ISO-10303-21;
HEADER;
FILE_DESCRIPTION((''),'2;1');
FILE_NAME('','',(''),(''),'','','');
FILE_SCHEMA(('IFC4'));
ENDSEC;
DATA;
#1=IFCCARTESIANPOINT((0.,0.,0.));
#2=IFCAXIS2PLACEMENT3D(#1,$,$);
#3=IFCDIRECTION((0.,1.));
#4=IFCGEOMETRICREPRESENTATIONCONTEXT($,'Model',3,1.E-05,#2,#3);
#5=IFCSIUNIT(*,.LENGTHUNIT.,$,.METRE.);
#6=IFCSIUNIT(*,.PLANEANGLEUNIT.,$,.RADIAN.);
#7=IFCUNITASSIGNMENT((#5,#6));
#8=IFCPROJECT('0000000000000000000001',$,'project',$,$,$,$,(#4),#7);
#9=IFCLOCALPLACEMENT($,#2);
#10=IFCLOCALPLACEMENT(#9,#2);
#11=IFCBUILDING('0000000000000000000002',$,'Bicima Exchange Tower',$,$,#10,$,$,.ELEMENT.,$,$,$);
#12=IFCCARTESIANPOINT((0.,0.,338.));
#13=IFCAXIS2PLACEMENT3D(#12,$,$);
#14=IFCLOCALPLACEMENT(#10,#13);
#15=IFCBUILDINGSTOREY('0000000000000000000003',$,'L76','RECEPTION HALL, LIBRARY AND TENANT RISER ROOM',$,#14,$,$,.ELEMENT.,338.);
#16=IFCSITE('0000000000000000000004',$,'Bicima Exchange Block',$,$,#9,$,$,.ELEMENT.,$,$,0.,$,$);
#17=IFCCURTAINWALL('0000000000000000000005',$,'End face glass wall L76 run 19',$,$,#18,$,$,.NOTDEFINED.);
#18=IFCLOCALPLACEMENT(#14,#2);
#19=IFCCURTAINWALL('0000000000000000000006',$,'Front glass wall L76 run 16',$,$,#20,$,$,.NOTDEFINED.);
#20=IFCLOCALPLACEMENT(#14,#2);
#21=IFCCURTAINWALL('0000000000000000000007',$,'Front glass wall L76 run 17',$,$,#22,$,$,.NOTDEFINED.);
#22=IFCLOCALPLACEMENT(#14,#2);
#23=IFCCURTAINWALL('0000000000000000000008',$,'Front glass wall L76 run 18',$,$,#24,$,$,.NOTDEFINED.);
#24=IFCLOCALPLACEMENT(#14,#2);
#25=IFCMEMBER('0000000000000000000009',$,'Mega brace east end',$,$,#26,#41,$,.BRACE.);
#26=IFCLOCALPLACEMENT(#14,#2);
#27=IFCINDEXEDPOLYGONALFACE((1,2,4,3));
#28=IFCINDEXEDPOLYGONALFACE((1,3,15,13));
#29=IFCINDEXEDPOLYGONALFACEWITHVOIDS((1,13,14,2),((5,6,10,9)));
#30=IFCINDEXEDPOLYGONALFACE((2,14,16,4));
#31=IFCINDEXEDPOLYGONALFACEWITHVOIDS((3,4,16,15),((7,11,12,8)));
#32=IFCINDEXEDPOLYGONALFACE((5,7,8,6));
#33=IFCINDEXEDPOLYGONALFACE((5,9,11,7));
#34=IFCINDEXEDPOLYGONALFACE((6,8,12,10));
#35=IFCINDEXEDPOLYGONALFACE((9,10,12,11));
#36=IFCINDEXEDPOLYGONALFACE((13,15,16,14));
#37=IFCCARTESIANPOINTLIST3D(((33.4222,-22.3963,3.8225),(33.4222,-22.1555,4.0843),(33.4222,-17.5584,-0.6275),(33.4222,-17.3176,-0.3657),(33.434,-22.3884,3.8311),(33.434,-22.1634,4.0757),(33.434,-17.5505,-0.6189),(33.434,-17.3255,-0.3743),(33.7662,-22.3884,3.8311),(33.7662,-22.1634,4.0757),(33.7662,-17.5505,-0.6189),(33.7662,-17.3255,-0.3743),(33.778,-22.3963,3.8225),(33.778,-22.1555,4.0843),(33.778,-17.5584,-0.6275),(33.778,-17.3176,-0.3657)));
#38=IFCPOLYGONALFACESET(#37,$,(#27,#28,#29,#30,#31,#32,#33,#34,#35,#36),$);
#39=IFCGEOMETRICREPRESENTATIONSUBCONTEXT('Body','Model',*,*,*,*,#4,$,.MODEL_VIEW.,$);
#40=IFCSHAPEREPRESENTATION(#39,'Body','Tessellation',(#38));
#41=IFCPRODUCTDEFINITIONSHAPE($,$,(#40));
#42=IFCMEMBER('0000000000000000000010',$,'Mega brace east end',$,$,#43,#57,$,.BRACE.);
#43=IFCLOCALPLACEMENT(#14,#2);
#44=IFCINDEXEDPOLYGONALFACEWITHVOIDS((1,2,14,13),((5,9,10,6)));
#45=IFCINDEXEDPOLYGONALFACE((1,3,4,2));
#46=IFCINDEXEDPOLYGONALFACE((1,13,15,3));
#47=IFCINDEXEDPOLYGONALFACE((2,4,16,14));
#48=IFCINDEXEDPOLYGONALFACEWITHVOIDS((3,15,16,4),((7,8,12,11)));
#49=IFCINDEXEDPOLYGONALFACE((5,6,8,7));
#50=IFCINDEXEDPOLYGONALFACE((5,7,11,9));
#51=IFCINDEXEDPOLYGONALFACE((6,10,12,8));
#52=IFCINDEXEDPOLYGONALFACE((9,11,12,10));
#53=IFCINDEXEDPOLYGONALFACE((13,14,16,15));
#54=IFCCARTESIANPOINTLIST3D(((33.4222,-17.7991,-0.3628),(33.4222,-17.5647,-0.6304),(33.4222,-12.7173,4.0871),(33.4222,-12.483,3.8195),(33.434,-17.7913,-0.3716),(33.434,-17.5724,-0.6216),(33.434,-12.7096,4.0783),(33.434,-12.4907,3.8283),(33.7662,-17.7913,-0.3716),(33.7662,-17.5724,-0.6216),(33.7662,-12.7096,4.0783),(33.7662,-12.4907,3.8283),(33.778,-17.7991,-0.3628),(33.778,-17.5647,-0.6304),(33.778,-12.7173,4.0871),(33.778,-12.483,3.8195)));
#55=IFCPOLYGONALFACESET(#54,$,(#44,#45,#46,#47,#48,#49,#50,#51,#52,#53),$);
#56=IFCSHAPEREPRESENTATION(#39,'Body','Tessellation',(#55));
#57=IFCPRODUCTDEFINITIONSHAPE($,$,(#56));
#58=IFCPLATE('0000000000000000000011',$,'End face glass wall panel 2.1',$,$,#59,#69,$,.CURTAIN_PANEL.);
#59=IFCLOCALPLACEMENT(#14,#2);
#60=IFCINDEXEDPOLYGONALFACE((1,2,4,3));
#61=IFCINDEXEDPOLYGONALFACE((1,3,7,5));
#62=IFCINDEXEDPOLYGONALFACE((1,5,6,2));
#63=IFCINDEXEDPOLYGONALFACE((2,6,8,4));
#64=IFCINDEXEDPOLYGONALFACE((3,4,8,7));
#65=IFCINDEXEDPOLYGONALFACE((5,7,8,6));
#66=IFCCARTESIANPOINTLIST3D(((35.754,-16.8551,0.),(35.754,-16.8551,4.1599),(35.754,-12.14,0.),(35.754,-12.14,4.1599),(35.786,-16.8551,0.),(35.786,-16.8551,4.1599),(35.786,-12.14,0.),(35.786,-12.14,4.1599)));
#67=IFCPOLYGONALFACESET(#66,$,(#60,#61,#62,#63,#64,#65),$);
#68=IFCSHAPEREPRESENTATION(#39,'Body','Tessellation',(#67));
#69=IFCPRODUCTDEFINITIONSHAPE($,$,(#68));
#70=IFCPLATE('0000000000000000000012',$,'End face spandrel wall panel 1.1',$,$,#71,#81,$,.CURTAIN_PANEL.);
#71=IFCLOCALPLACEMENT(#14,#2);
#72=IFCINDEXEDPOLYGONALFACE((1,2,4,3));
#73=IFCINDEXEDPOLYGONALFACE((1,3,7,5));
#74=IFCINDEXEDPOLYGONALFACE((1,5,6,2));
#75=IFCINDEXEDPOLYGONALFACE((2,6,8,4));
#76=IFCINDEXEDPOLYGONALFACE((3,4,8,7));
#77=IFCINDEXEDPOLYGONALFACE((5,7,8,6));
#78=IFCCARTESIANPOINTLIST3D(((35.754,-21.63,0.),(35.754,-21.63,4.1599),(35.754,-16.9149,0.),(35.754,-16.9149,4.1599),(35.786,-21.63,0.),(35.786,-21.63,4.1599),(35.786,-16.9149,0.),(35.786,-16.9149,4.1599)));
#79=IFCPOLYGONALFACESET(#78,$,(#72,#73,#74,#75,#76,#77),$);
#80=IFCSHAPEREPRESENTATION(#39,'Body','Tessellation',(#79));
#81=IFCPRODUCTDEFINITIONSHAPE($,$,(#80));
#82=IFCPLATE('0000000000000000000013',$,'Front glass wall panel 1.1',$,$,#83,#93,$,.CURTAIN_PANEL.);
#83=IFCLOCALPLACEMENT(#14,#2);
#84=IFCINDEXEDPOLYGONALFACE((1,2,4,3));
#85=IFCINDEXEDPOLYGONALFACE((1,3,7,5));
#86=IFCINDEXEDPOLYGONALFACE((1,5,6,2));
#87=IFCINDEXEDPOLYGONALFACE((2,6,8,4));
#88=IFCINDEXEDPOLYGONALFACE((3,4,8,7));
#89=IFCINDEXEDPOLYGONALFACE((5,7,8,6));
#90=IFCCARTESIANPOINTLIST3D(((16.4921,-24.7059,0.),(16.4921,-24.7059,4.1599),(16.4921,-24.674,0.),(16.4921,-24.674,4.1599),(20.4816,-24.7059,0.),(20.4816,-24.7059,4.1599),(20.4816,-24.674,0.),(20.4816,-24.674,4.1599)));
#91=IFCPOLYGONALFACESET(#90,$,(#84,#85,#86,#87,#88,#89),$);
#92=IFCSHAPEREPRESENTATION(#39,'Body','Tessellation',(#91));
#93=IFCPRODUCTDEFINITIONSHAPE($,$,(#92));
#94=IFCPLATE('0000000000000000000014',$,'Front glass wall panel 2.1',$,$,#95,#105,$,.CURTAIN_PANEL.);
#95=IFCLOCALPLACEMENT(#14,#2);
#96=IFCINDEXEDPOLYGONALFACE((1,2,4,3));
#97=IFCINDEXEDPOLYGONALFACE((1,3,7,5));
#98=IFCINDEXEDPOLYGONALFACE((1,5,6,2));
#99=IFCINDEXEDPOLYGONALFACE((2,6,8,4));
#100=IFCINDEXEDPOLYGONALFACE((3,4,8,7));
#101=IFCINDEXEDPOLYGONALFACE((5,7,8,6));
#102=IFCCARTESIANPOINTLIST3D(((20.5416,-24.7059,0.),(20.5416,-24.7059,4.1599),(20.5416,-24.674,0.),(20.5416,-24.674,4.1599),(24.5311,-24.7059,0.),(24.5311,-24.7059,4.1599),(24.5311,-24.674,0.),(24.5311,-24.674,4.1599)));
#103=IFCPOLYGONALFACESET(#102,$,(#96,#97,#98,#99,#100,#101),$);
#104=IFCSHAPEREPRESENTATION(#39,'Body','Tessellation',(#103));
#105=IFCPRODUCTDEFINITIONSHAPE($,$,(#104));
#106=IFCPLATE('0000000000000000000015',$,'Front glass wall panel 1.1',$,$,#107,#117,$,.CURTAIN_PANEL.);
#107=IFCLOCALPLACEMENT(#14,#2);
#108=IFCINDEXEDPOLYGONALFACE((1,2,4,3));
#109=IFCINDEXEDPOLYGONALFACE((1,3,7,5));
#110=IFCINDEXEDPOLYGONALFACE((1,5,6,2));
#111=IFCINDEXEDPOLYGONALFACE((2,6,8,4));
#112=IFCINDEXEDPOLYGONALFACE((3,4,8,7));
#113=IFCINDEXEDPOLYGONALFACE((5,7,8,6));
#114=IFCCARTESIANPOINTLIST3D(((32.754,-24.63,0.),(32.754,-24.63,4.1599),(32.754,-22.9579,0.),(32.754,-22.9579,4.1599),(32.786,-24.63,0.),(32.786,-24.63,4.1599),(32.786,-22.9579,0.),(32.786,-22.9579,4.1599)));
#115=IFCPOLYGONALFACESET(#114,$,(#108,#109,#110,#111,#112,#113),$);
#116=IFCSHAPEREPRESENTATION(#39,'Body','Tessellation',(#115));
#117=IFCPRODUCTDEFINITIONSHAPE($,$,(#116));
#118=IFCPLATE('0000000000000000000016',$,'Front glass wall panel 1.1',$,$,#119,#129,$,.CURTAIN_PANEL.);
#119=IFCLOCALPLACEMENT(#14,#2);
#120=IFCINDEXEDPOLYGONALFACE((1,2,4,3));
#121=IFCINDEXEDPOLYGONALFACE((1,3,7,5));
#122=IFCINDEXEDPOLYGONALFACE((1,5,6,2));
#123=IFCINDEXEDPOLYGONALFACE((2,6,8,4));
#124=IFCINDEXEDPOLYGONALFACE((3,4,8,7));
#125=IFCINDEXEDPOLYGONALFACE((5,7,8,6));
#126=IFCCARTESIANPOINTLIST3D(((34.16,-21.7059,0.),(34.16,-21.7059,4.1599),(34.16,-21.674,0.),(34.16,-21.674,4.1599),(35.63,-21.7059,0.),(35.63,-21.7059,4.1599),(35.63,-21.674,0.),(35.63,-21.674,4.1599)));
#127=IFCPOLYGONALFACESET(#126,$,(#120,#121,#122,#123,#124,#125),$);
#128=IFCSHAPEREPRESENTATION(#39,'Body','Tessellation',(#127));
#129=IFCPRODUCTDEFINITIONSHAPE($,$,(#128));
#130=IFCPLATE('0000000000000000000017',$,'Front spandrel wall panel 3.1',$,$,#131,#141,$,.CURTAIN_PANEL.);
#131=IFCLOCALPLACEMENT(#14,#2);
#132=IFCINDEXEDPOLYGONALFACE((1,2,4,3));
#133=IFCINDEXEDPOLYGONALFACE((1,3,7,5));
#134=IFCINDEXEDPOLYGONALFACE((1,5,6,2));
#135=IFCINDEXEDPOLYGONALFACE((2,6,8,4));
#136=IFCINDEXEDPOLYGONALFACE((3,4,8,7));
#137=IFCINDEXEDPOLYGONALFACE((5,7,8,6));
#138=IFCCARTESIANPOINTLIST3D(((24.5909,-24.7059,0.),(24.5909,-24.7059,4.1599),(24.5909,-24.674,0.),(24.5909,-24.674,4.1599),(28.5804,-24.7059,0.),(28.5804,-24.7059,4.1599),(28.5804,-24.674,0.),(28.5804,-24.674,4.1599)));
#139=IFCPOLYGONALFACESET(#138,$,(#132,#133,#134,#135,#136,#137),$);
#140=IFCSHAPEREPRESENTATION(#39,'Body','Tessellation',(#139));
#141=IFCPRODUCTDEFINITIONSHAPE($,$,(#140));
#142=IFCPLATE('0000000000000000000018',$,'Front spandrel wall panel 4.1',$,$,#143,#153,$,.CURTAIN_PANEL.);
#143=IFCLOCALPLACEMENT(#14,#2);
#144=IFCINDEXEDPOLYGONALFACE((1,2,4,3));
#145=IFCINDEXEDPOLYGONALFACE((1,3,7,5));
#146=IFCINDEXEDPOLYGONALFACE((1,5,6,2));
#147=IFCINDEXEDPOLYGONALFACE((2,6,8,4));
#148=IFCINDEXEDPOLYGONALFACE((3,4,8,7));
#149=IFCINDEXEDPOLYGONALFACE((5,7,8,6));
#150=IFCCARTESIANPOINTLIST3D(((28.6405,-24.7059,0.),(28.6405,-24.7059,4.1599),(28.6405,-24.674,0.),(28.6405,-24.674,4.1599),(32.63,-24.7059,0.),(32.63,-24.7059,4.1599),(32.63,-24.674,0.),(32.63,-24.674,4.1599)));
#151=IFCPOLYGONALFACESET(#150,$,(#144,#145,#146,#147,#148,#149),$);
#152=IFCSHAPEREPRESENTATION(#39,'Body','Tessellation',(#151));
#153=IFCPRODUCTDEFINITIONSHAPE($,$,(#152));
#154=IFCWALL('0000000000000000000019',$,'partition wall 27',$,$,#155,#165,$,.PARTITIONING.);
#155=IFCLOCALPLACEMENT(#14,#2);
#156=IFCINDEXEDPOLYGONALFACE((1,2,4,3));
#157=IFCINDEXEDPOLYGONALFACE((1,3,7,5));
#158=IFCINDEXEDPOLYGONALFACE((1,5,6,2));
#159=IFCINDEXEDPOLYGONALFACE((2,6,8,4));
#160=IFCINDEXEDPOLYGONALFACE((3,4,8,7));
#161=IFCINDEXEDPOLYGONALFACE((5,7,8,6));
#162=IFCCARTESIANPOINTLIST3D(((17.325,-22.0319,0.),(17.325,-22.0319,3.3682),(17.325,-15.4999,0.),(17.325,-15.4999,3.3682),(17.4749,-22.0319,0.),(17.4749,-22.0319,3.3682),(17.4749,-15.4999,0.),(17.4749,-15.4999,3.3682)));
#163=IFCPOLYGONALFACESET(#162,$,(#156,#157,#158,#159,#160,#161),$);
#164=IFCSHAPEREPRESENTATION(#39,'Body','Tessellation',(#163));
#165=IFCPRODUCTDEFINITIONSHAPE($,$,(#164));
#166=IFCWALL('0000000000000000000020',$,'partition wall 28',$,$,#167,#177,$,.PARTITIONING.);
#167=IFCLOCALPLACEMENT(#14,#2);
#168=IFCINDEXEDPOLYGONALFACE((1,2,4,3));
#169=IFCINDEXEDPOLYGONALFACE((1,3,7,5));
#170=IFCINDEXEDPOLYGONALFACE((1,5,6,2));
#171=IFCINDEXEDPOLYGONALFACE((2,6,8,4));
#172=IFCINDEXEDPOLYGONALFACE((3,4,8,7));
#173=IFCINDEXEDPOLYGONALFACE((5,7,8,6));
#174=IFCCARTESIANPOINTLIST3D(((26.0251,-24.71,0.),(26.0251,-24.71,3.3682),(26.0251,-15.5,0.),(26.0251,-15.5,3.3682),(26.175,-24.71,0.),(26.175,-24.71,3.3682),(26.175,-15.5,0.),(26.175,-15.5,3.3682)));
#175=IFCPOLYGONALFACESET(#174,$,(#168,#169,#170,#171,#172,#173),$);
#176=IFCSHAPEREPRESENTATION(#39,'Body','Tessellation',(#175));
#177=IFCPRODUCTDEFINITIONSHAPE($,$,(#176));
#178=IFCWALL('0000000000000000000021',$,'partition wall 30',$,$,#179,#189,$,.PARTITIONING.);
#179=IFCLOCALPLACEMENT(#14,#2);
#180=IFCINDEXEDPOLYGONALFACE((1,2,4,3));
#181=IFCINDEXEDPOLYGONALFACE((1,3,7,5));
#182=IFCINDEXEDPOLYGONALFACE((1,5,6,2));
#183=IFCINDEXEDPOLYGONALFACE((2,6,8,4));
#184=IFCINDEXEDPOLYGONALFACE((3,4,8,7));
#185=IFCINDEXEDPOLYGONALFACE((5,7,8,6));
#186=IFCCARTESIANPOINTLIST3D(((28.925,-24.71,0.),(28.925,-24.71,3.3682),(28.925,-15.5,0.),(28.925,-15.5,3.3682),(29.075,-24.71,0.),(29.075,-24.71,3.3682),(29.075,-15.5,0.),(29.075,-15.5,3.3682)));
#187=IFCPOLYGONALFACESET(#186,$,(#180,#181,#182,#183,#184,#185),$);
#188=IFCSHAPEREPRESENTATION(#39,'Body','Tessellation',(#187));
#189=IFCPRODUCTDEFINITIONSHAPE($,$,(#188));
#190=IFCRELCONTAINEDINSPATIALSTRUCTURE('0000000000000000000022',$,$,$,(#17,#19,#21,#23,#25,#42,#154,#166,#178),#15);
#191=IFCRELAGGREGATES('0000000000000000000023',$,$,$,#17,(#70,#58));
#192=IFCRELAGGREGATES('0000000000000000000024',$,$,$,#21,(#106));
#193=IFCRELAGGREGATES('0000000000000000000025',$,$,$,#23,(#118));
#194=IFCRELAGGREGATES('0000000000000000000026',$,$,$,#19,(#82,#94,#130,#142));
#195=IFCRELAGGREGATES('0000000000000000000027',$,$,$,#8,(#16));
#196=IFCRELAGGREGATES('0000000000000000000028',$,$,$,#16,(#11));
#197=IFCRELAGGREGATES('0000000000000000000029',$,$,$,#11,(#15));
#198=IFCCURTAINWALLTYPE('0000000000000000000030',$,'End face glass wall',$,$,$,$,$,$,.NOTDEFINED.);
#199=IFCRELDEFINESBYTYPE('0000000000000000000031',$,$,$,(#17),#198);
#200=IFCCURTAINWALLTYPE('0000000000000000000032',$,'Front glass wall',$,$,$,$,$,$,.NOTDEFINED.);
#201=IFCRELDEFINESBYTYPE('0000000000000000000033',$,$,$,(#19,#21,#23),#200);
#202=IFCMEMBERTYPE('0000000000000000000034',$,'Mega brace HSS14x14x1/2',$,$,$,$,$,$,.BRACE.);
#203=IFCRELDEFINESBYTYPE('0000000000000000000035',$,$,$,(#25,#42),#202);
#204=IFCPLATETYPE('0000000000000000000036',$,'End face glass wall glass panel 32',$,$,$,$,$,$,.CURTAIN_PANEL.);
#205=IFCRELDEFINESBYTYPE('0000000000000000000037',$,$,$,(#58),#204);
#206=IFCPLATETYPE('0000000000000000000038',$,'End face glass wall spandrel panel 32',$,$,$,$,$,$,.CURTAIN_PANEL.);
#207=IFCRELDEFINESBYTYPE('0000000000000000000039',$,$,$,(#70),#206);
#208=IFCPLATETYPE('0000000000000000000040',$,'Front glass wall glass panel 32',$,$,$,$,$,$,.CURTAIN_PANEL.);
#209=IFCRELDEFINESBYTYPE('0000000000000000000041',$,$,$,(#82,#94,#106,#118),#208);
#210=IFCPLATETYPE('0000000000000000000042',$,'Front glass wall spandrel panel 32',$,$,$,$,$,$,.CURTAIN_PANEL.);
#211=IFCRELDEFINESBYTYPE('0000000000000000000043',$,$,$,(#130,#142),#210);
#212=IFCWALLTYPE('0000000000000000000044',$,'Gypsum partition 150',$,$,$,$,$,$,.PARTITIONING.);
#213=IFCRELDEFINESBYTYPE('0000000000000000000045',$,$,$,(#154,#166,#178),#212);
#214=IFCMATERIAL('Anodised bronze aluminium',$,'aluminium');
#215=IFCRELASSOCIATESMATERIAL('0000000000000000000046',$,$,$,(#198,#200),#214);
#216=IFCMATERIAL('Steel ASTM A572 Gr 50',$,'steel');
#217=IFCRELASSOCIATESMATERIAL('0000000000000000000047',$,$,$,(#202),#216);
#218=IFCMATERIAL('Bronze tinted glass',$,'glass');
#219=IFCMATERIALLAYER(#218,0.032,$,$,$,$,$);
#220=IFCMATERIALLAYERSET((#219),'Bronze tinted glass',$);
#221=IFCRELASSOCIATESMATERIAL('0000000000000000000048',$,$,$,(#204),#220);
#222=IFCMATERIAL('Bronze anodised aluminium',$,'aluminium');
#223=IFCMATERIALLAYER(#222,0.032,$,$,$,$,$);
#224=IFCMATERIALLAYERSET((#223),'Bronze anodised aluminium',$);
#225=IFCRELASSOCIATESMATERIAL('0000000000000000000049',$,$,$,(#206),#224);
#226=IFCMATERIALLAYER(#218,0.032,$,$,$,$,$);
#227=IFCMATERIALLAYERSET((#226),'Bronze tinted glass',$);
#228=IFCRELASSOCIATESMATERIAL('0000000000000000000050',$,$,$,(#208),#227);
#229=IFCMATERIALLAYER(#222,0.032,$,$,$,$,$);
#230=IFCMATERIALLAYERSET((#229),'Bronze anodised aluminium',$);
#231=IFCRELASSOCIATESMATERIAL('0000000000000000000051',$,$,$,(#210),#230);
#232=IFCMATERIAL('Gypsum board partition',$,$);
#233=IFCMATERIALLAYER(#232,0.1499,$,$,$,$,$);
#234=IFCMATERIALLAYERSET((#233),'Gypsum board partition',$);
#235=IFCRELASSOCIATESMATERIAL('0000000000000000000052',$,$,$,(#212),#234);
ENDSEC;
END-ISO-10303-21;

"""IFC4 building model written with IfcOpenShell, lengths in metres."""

from ifc_helpers import new_model, si_unit, direction, frame, frame_2d, origin, origin_2d, place, context, subcontext, project, spatial, rectangle, hollow_rectangle, extrude, material, layer, layer_set, material_profile, profile_set, type_object, element, aggregate, save


model = new_model("IFC4")

# Units and contexts
model_context = context("Model", 3, precision=1e-05, world=origin(), true_north=direction((0.0, 1.0)))
body_context = subcontext(model_context, "Body", "Model", "MODEL_VIEW")
ifc_project = project(units=[si_unit("LENGTHUNIT", "METRE"), si_unit("PLANEANGLEUNIT", "RADIAN")], contexts=[model_context])

# Site, building, storey
site_placement = place(None, origin())
site = spatial("IfcSite", under=ifc_project, at=site_placement, Name="Bicima Exchange Block", CompositionType="ELEMENT", RefElevation=0.0)
building_placement = place(site_placement, origin())
building = spatial("IfcBuilding", under=site, at=building_placement, Name="Bicima Exchange Tower", CompositionType="ELEMENT")
storey_placement = place(building_placement, frame((0.0, 0.0, 338.0)))
storey = spatial("IfcBuildingStorey", under=building, at=storey_placement, Name="L76", Description="RECEPTION HALL, LIBRARY AND TENANT RISER ROOM", CompositionType="ELEMENT", Elevation=338.0)

# Shared definitions
ifc_material_1 = material(Name="Steel ASTM A572 Gr 50", Category="steel")

# Curtain wall
ifc_material_2 = material(Name="Anodised bronze aluminium", Category="aluminium")
curtain_wall_type_1 = type_object("IfcCurtainWallType", Name="End face glass wall", PredefinedType="NOTDEFINED", material=ifc_material_2)
curtain_wall_1_placement = place(storey_placement, origin())
curtain_wall_1 = element("IfcCurtainWall", 1, at=curtain_wall_1_placement, inside=storey, type_object=curtain_wall_type_1, Name="End face glass wall L76 run 19", PredefinedType="NOTDEFINED")

# Curtain walls
curtain_wall_type_2 = type_object("IfcCurtainWallType", Name="Front glass wall", PredefinedType="NOTDEFINED", material=ifc_material_2)
curtain_wall_2_placement = place(storey_placement, origin())
curtain_wall_2 = element("IfcCurtainWall", 2, at=curtain_wall_2_placement, inside=storey, type_object=curtain_wall_type_2, Name="Front glass wall L76 run 16", PredefinedType="NOTDEFINED")
curtain_wall_3_placement = place(storey_placement, origin())
curtain_wall_3 = element("IfcCurtainWall", 3, at=curtain_wall_3_placement, inside=storey, type_object=curtain_wall_type_2, Name="Front glass wall L76 run 17", PredefinedType="NOTDEFINED")
curtain_wall_4_placement = place(storey_placement, origin())
curtain_wall_4 = element("IfcCurtainWall", 4, at=curtain_wall_4_placement, inside=storey, type_object=curtain_wall_type_2, Name="Front glass wall L76 run 18", PredefinedType="NOTDEFINED")

# Members
ifc_material_profile_1 = material_profile(ifc_material_1, hollow_rectangle(XDim=0.3557, YDim=0.3557, WallThickness=0.0117, at=origin_2d()))
ifc_profile_set_1 = profile_set([ifc_material_profile_1], Name="Steel ASTM A572 Gr 50")
member_type_1 = type_object("IfcMemberType", Name="Mega brace HSS14x14x1/2", PredefinedType="BRACE", material=ifc_profile_set_1)
member_1_placement = place(storey_placement, frame((33.6001, -17.438, -0.4966), z_axis=(0.0, -0.736, 0.676982), x_axis=(1.0, 0.0, 0.0)))
element("IfcMember", 5, at=member_1_placement, inside=storey, type_object=member_type_1, Name="Mega brace east end", PredefinedType="BRACE", context=body_context, shape_type="SweptSolid", body=[
    extrude(hollow_rectangle(XDim=0.3557, YDim=0.3557, WallThickness=0.0117, at=origin_2d()), origin(), (0.0, 0.0, 1.0), 6.5732),
])
member_2_placement = place(storey_placement, frame((33.6001, -17.6819, -0.4966), z_axis=(0.0, 0.752328, 0.658789), x_axis=(-1.0, 0.0, 0.0)))
element("IfcMember", 6, at=member_2_placement, inside=storey, type_object=member_type_1, Name="Mega brace east end", PredefinedType="BRACE", context=body_context, shape_type="SweptSolid", body=[
    extrude(hollow_rectangle(XDim=0.3557, YDim=0.3557, WallThickness=0.0117, at=origin_2d()), origin(), (0.0, 0.0, 1.0), 6.7546),
])

# Plates
ifc_material_3 = material(Name="Bronze tinted glass", Category="glass")
ifc_layer_1 = layer(ifc_material_3, 0.032)
ifc_layer_set_1 = layer_set([ifc_layer_1], Name="Bronze tinted glass")
plate_type_1 = type_object("IfcPlateType", Name="End face glass wall glass panel 32", PredefinedType="CURTAIN_PANEL", material=ifc_layer_set_1)
plate_1_placement = place(storey_placement, frame((35.77, -14.4976, 0.0), z_axis=(0.0, 0.0, 1.0), x_axis=(0.0, 1.0, 0.0)))
plate_1 = element("IfcPlate", 7, at=plate_1_placement, type_object=plate_type_1, Name="End face glass wall panel 2.1", PredefinedType="CURTAIN_PANEL", context=body_context, shape_type="SweptSolid", body=[
    extrude(rectangle(XDim=4.7151, YDim=0.032, at=origin_2d()), origin(), (0.0, 0.0, 1.0), 4.1599),
])
ifc_material_4 = material(Name="Bronze anodised aluminium", Category="aluminium")
ifc_layer_2 = layer(ifc_material_4, 0.032)
ifc_layer_set_2 = layer_set([ifc_layer_2], Name="Bronze anodised aluminium")
plate_type_2 = type_object("IfcPlateType", Name="End face glass wall spandrel panel 32", PredefinedType="CURTAIN_PANEL", material=ifc_layer_set_2)
plate_2_placement = place(storey_placement, frame((35.77, -19.2725, 0.0), z_axis=(0.0, 0.0, 1.0), x_axis=(0.0, 1.0, 0.0)))
plate_2 = element("IfcPlate", 8, at=plate_2_placement, type_object=plate_type_2, Name="End face spandrel wall panel 1.1", PredefinedType="CURTAIN_PANEL", context=body_context, shape_type="SweptSolid", body=[
    extrude(rectangle(XDim=4.7151, YDim=0.032, at=origin_2d()), origin(), (0.0, 0.0, 1.0), 4.1599),
])
aggregate(curtain_wall_1, [plate_2, plate_1])
ifc_layer_3 = layer(ifc_material_3, 0.032)
ifc_layer_set_3 = layer_set([ifc_layer_3], Name="Bronze tinted glass")
plate_type_3 = type_object("IfcPlateType", Name="Front glass wall glass panel 32", PredefinedType="CURTAIN_PANEL", material=ifc_layer_set_3)
plate_3_placement = place(storey_placement, frame((18.4868, -24.6899, 0.0), z_axis=(0.0, 0.0, 1.0), x_axis=(1.0, 0.0, 0.0)))
plate_3 = element("IfcPlate", 9, at=plate_3_placement, type_object=plate_type_3, Name="Front glass wall panel 1.1", PredefinedType="CURTAIN_PANEL", context=body_context, shape_type="SweptSolid", body=[
    extrude(rectangle(XDim=3.9895, YDim=0.032, at=origin_2d()), origin(), (0.0, 0.0, 1.0), 4.1599),
])
plate_4_placement = place(storey_placement, frame((22.5364, -24.6899, 0.0), z_axis=(0.0, 0.0, 1.0), x_axis=(1.0, 0.0, 0.0)))
plate_4 = element("IfcPlate", 10, at=plate_4_placement, type_object=plate_type_3, Name="Front glass wall panel 2.1", PredefinedType="CURTAIN_PANEL", context=body_context, shape_type="SweptSolid", body=[
    extrude(rectangle(XDim=3.9895, YDim=0.032, at=origin_2d()), origin(), (0.0, 0.0, 1.0), 4.1599),
])
plate_5_placement = place(storey_placement, frame((32.77, -23.7939, 0.0), z_axis=(0.0, 0.0, 1.0), x_axis=(0.0, 1.0, 0.0)))
plate_5 = element("IfcPlate", 11, at=plate_5_placement, type_object=plate_type_3, Name="Front glass wall panel 1.1", PredefinedType="CURTAIN_PANEL", context=body_context, shape_type="SweptSolid", body=[
    extrude(rectangle(XDim=1.6721, YDim=0.032, at=origin_2d()), origin(), (0.0, 0.0, 1.0), 4.1599),
])
aggregate(curtain_wall_3, [plate_5])
plate_6_placement = place(storey_placement, frame((34.895, -21.6899, 0.0), z_axis=(0.0, 0.0, 1.0), x_axis=(1.0, 0.0, 0.0)))
plate_6 = element("IfcPlate", 12, at=plate_6_placement, type_object=plate_type_3, Name="Front glass wall panel 1.1", PredefinedType="CURTAIN_PANEL", context=body_context, shape_type="SweptSolid", body=[
    extrude(rectangle(XDim=1.47, YDim=0.032, at=origin_2d()), origin(), (0.0, 0.0, 1.0), 4.1599),
])
aggregate(curtain_wall_4, [plate_6])
ifc_layer_4 = layer(ifc_material_4, 0.032)
ifc_layer_set_4 = layer_set([ifc_layer_4], Name="Bronze anodised aluminium")
plate_type_4 = type_object("IfcPlateType", Name="Front glass wall spandrel panel 32", PredefinedType="CURTAIN_PANEL", material=ifc_layer_set_4)
plate_7_placement = place(storey_placement, frame((26.5857, -24.6899, 0.0), z_axis=(0.0, 0.0, 1.0), x_axis=(1.0, 0.0, 0.0)))
plate_7 = element("IfcPlate", 13, at=plate_7_placement, type_object=plate_type_4, Name="Front spandrel wall panel 3.1", PredefinedType="CURTAIN_PANEL", context=body_context, shape_type="SweptSolid", body=[
    extrude(rectangle(XDim=3.9895, YDim=0.032, at=origin_2d()), origin(), (0.0, 0.0, 1.0), 4.1599),
])
plate_8_placement = place(storey_placement, frame((30.6353, -24.6899, 0.0), z_axis=(0.0, 0.0, 1.0), x_axis=(1.0, 0.0, 0.0)))
plate_8 = element("IfcPlate", 14, at=plate_8_placement, type_object=plate_type_4, Name="Front spandrel wall panel 4.1", PredefinedType="CURTAIN_PANEL", context=body_context, shape_type="SweptSolid", body=[
    extrude(rectangle(XDim=3.9895, YDim=0.032, at=origin_2d()), origin(), (0.0, 0.0, 1.0), 4.1599),
])
aggregate(curtain_wall_2, [plate_3, plate_4, plate_7, plate_8])

# Walls
ifc_material_5 = material(Name="Gypsum board partition")
ifc_layer_5 = layer(ifc_material_5, 0.1499)
ifc_layer_set_5 = layer_set([ifc_layer_5], Name="Gypsum board partition")
wall_type = type_object("IfcWallType", Name="Gypsum partition 150", PredefinedType="PARTITIONING", material=ifc_layer_set_5)
wall_placement = place(storey_placement, frame((17.3999, -22.032, 0.0), z_axis=(0.0, 0.0, 1.0), x_axis=(0.0, 1.0, 0.0)))
element("IfcWall", 15, at=wall_placement, inside=storey, type_object=wall_type, Name="partition wall 27", PredefinedType="PARTITIONING", context=body_context, shape_type="SweptSolid", body=[
    extrude(rectangle(XDim=6.532, YDim=0.1499, at=frame_2d((3.2661, 0.0))), origin(), (0.0, 0.0, 1.0), 3.3682),
])
for number, where, z_axis, x_axis, name in (
    (16, (26.1001, -24.71, 0.0), (0.0, 0.0, 1.0), (0.0, 1.0, 0.0), "partition wall 28"),
    (17, (29.0, -24.71, 0.0), (0.0, 0.0, 1.0), (0.0, 1.0, 0.0), "partition wall 30"),
):
    element("IfcWall", number, at=place(storey_placement, frame(where, z_axis=z_axis, x_axis=x_axis)), inside=storey, type_object=wall_type, Name=name, PredefinedType="PARTITIONING", context=body_context, shape_type="SweptSolid", body=[
        extrude(rectangle(XDim=9.21, YDim=0.1499, at=frame_2d((4.605, 0.0))), origin(), (0.0, 0.0, 1.0), 3.3682),
    ])

save(model, "model.ifc")
